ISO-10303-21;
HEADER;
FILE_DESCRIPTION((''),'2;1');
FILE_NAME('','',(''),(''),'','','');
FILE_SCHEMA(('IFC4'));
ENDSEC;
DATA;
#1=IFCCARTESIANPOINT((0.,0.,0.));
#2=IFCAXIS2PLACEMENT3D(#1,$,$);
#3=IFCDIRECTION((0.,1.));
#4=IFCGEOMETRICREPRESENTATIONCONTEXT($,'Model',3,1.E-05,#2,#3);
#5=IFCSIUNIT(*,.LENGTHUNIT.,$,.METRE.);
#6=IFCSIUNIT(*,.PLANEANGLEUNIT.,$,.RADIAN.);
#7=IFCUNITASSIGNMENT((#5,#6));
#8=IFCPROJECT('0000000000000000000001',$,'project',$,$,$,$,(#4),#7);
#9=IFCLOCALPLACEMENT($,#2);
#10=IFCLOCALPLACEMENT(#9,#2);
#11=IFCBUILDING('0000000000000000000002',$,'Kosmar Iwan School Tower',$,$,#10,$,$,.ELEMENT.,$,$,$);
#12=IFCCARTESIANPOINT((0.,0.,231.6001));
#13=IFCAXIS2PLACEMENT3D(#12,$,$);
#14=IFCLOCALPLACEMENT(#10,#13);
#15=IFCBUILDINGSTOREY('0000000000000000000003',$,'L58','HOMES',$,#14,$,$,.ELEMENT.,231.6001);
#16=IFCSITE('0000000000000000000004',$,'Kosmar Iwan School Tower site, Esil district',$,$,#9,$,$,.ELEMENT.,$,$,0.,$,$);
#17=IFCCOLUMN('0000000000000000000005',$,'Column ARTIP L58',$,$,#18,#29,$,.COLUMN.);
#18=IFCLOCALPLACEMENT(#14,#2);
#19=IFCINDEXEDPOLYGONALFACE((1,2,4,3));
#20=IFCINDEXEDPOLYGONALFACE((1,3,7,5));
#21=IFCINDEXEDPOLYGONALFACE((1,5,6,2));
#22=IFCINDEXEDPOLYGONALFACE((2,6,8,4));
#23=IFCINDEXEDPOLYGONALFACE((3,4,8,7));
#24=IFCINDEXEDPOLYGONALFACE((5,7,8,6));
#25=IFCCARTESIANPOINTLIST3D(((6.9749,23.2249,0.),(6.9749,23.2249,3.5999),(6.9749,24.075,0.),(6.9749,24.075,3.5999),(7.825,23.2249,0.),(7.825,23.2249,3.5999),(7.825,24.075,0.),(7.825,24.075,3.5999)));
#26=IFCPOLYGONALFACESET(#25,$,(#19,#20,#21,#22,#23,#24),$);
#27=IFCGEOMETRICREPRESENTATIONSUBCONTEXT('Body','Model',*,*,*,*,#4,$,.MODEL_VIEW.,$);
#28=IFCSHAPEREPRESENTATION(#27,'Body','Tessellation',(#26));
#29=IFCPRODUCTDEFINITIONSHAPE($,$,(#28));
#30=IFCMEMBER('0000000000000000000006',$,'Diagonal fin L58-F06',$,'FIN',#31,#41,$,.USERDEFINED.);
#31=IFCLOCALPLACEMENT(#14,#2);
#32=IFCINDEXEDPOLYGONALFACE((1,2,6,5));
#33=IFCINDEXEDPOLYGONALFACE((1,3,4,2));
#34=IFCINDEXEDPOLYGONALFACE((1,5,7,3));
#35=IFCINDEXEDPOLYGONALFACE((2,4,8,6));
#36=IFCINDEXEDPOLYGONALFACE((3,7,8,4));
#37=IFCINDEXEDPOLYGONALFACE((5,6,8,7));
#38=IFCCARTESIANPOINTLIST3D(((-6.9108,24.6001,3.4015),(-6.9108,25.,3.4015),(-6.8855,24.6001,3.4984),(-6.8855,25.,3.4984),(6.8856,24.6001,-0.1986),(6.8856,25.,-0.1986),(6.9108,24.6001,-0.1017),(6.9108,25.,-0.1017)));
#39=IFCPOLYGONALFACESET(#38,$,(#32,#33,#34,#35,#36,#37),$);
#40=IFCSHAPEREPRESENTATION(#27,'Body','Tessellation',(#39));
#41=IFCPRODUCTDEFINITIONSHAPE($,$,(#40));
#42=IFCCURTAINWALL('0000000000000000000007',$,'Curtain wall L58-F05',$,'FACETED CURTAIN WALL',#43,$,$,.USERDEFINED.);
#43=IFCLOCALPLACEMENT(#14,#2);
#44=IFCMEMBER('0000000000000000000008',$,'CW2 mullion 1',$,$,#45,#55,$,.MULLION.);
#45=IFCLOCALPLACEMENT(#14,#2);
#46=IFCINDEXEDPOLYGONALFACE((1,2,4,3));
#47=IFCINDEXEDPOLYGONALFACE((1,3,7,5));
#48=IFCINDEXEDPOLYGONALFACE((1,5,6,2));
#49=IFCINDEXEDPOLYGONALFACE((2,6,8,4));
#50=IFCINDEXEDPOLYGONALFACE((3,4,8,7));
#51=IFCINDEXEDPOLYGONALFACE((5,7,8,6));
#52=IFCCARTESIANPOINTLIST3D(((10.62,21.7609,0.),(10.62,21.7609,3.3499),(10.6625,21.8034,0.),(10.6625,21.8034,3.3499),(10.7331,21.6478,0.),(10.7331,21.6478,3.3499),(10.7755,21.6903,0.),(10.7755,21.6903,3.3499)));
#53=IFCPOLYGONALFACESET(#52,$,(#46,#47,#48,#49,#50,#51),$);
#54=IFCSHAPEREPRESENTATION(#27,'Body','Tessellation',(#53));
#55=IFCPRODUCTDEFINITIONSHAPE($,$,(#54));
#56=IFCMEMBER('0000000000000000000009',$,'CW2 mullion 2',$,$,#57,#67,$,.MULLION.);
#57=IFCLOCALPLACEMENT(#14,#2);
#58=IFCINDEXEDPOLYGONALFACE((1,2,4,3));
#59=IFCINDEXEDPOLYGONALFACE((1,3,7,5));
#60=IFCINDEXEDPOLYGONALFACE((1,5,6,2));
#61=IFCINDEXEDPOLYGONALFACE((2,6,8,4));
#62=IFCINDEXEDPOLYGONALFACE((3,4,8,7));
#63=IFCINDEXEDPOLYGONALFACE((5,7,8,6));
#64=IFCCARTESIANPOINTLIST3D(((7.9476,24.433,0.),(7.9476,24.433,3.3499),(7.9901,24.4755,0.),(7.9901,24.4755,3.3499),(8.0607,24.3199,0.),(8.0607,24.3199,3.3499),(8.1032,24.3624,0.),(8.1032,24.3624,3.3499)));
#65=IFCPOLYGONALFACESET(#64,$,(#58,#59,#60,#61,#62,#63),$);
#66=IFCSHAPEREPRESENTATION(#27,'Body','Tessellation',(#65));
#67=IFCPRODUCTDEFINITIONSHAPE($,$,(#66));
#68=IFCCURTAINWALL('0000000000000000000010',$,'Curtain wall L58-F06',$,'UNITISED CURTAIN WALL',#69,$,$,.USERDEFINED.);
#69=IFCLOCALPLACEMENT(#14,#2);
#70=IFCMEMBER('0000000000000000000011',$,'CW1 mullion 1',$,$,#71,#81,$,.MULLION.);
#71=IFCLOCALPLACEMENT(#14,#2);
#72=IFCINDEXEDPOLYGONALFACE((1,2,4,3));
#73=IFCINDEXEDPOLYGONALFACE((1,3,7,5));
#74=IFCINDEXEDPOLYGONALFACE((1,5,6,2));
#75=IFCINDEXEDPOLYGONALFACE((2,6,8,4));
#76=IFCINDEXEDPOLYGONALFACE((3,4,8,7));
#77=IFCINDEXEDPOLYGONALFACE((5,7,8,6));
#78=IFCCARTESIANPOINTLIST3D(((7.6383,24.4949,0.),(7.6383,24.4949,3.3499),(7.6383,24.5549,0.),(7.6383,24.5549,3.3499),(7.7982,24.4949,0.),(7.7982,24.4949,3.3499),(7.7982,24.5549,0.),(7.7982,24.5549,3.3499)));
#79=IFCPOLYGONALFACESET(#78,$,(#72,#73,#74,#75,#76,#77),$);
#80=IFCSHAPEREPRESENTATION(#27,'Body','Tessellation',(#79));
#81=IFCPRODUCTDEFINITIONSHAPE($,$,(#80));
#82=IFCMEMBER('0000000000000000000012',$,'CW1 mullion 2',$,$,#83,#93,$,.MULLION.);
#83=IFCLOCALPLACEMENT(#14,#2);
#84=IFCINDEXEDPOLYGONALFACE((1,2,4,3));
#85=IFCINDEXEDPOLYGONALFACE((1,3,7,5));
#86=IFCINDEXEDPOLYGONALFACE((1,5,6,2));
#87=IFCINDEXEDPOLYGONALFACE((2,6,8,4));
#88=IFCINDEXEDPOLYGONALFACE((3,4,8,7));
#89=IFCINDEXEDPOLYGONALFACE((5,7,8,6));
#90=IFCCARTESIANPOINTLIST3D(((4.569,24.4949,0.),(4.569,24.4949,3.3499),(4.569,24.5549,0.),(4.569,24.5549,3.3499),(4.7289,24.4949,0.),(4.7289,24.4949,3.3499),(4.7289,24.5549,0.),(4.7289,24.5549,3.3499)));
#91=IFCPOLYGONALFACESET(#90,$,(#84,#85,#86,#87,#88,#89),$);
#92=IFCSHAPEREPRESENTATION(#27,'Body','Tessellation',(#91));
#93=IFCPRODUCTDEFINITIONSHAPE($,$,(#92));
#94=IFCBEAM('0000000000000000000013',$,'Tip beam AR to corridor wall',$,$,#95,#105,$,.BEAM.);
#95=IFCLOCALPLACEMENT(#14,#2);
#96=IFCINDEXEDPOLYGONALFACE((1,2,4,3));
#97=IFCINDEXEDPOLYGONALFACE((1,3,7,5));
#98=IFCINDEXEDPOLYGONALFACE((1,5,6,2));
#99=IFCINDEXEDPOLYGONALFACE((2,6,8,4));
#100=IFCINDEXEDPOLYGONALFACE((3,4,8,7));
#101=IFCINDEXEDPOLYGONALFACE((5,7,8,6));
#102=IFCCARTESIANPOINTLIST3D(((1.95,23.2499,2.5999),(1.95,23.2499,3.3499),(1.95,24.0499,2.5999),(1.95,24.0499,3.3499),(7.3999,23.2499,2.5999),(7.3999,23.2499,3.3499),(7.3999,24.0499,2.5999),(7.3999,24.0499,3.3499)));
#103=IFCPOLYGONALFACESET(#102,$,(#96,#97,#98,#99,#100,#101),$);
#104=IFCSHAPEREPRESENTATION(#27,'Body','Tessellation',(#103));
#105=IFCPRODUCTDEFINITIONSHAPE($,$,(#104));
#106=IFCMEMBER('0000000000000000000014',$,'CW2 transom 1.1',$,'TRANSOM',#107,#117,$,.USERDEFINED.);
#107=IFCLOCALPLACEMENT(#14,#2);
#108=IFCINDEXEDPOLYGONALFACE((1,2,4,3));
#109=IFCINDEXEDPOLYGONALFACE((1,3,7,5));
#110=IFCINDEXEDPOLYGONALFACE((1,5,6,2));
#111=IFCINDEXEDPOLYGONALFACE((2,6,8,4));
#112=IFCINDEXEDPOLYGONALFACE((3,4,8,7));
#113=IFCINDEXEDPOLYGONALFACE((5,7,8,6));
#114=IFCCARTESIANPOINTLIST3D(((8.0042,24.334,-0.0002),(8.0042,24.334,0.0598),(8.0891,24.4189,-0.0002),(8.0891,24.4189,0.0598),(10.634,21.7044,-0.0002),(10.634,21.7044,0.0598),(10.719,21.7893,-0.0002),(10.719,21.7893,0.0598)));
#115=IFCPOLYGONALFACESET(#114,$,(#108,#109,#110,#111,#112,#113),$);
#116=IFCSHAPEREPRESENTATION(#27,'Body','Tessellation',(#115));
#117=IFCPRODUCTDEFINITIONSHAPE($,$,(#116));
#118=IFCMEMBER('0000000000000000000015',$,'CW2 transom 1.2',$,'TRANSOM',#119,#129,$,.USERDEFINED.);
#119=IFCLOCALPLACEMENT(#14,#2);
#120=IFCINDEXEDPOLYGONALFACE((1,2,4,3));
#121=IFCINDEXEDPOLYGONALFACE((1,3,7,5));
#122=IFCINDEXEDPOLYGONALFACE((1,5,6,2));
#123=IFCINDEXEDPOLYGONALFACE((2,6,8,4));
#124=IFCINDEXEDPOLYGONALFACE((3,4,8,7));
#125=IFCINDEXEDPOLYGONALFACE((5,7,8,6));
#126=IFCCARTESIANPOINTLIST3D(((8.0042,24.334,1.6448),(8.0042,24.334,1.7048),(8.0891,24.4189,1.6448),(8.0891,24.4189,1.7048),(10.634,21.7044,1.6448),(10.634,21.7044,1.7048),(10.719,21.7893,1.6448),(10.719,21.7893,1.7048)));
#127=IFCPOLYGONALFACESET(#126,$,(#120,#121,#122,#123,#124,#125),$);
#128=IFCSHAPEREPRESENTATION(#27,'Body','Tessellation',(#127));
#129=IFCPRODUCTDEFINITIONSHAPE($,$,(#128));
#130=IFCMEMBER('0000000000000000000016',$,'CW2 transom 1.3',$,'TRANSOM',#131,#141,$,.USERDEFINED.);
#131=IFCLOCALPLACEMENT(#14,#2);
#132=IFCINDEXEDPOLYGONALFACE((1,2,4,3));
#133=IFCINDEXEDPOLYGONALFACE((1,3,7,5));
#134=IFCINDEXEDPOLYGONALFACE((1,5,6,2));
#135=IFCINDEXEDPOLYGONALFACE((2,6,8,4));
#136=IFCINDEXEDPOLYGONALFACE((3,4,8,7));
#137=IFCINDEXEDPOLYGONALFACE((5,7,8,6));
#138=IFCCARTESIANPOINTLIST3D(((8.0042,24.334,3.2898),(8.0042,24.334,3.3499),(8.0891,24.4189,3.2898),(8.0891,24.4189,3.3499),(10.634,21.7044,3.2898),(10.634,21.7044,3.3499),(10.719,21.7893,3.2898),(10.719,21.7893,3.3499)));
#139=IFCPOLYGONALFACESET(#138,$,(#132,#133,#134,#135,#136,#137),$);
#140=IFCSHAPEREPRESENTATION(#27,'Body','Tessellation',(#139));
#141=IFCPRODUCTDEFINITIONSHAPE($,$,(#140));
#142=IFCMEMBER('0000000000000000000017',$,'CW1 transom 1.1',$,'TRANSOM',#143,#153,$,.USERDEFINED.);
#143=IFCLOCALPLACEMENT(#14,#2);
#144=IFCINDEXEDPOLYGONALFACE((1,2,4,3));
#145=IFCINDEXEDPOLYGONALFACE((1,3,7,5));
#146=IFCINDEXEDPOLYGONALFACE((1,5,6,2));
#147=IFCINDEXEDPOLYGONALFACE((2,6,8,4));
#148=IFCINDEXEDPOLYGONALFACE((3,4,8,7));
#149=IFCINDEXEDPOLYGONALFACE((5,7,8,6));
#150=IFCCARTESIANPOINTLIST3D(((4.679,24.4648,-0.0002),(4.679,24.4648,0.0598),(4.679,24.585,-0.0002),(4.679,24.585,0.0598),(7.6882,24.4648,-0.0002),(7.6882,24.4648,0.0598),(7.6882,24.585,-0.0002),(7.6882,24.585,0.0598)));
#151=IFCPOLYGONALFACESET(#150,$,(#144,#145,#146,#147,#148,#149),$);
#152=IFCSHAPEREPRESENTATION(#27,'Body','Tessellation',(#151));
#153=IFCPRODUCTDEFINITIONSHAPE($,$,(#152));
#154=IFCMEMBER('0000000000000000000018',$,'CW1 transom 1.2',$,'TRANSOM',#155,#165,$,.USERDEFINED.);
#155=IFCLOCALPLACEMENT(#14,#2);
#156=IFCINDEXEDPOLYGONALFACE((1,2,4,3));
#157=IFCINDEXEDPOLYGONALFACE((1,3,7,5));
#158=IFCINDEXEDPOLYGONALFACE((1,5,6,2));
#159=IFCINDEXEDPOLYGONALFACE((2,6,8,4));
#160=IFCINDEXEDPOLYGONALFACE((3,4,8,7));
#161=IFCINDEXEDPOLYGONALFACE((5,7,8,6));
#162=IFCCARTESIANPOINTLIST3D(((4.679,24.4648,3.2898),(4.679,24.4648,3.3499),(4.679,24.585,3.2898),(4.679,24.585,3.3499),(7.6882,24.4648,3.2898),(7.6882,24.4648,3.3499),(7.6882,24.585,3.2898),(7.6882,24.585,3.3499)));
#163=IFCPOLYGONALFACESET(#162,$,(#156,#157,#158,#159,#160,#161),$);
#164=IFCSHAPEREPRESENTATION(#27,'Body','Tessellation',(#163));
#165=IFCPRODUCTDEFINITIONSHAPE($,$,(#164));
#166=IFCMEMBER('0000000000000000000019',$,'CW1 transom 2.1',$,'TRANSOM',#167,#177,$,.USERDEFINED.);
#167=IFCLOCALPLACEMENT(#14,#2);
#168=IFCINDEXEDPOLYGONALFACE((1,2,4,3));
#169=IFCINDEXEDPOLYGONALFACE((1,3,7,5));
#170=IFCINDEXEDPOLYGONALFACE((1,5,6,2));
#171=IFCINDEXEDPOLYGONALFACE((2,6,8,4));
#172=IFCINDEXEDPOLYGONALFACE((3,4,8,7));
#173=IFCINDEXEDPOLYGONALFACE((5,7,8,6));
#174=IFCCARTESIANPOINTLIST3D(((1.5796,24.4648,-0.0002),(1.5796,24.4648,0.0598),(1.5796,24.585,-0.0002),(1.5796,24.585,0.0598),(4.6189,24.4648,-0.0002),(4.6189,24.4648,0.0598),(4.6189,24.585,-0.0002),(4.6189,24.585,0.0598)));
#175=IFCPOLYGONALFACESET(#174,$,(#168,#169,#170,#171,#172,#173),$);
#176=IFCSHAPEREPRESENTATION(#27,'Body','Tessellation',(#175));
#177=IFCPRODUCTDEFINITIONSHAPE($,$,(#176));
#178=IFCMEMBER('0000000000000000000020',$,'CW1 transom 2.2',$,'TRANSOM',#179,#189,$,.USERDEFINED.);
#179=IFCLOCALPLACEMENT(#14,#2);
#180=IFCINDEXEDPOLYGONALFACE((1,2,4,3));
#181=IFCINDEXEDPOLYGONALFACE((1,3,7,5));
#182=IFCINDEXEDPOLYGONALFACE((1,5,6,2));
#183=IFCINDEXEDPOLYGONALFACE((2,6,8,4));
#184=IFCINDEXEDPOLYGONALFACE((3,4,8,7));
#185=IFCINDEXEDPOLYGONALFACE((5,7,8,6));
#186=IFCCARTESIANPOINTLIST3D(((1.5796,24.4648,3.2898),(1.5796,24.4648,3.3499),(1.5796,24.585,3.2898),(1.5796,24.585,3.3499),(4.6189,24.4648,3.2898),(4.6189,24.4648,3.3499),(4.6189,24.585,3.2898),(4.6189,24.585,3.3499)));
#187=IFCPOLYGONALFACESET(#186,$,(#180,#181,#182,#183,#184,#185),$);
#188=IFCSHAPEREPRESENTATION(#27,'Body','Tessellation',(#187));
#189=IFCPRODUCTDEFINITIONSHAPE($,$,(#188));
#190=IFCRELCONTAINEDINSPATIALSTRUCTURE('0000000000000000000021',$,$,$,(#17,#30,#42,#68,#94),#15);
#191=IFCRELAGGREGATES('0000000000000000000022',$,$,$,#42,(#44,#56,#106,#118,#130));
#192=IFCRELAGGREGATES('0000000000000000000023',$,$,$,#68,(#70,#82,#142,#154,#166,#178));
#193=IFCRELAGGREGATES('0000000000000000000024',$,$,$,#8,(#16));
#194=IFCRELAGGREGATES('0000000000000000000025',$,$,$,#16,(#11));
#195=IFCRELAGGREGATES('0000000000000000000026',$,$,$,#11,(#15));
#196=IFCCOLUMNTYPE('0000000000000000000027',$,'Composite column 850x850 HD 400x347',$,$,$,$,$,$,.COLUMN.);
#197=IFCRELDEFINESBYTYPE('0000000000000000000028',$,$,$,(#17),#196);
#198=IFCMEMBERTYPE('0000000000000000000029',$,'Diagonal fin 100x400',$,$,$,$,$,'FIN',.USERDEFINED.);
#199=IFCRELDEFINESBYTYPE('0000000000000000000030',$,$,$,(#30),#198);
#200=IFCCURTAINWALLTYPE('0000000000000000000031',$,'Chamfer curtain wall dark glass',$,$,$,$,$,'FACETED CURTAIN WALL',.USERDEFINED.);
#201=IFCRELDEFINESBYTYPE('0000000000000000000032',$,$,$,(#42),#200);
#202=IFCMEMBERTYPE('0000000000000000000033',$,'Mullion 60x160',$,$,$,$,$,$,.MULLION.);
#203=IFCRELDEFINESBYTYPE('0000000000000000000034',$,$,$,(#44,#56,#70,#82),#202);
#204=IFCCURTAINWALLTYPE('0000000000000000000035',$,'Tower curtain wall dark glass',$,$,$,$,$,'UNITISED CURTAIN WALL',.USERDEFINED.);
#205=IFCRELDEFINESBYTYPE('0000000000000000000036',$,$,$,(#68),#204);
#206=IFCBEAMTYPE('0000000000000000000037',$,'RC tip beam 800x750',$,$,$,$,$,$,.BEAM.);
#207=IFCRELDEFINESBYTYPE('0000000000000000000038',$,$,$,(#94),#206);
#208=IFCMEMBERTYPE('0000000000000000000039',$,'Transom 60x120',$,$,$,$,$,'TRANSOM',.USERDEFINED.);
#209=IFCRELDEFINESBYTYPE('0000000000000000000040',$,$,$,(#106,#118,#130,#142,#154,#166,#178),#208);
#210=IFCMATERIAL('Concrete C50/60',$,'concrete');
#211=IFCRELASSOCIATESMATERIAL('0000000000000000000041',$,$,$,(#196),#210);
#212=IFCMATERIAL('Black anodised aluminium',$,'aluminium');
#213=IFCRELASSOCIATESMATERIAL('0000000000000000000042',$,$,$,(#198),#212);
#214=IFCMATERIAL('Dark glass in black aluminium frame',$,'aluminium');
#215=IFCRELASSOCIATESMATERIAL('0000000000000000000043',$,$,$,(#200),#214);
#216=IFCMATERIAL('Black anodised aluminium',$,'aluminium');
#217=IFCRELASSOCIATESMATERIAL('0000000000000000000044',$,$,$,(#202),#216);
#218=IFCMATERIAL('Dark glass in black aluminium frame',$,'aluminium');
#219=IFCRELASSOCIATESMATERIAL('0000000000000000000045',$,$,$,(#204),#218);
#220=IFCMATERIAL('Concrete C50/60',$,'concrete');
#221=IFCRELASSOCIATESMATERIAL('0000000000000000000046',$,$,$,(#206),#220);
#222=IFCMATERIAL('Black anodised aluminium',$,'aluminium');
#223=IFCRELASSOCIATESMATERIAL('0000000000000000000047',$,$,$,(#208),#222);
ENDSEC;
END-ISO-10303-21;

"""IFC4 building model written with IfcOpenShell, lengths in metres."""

from ifc_helpers import new_model, si_unit, direction, frame, origin, origin_2d, place, context, subcontext, project, spatial, rectangle, extrude, material, material_profile, profile_set, type_object, element, aggregate, save


model = new_model("IFC4")

# Units and contexts
model_context = context("Model", 3, precision=1e-05, world=origin(), true_north=direction((0.0, 1.0)))
body_context = subcontext(model_context, "Body", "Model", "MODEL_VIEW")
ifc_project = project(units=[si_unit("LENGTHUNIT", "METRE"), si_unit("PLANEANGLEUNIT", "RADIAN")], contexts=[model_context])

# Site, building, storey
site_placement = place(None, origin())
site = spatial("IfcSite", under=ifc_project, at=site_placement, Name="Kosmar Iwan School Tower site, Esil district", CompositionType="ELEMENT", RefElevation=0.0)
building_placement = place(site_placement, origin())
building = spatial("IfcBuilding", under=site, at=building_placement, Name="Kosmar Iwan School Tower", CompositionType="ELEMENT")
storey_placement = place(building_placement, frame((0.0, 0.0, 231.6001)))
storey = spatial("IfcBuildingStorey", under=building, at=storey_placement, Name="L58", Description="HOMES", CompositionType="ELEMENT", Elevation=231.6001)

# Column
ifc_material_1 = material(Name="Concrete C50/60", Category="concrete")
ifc_material_profile_1 = material_profile(ifc_material_1, rectangle(XDim=0.8501, YDim=0.8501, at=origin_2d()), Name="RC 850x850 + HD 400x347")
ifc_profile_set_1 = profile_set([ifc_material_profile_1], Name="Concrete C50/60")
column_type = type_object("IfcColumnType", Name="Composite column 850x850 HD 400x347", PredefinedType="COLUMN", material=ifc_profile_set_1)
column_placement = place(storey_placement, frame((7.3999, 23.6499, 0.0), z_axis=(0.0, 0.0, 1.0), x_axis=(0.0, 1.0, 0.0)))
element("IfcColumn", 1, at=column_placement, inside=storey, type_object=column_type, Name="Column ARTIP L58", PredefinedType="COLUMN", context=body_context, shape_type="SweptSolid", body=[
    extrude(rectangle(XDim=0.8501, YDim=0.8501, at=origin_2d()), origin(), (0.0, 0.0, 1.0), 3.5999),
])

# Member
ifc_material_2 = material(Name="Black anodised aluminium", Category="aluminium")
ifc_material_profile_2 = material_profile(ifc_material_2, rectangle(XDim=0.1001, YDim=0.3999, at=origin_2d()), Name="FIN 100x400")
ifc_profile_set_2 = profile_set([ifc_material_profile_2], Name="Black anodised aluminium")
member_type_1 = type_object("IfcMemberType", Name="Diagonal fin 100x400", ElementType="FIN", PredefinedType="USERDEFINED", material=ifc_profile_set_2)
member_1_placement = place(storey_placement, frame((6.8982, 24.8, -0.1501), z_axis=(-0.967599, 0.0, 0.25249), x_axis=(0.25249, 0.0, 0.967599)))
element("IfcMember", 2, at=member_1_placement, inside=storey, type_object=member_type_1, Name="Diagonal fin L58-F06", ObjectType="FIN", PredefinedType="USERDEFINED", context=body_context, shape_type="SweptSolid", body=[
    extrude(rectangle(XDim=0.1001, YDim=0.3999, at=origin_2d()), origin(), (0.0, 0.0, 1.0), 14.2583),
])

# Curtain walls, members
ifc_material_3 = material(Name="Dark glass in black aluminium frame", Category="aluminium")
curtain_wall_type_1 = type_object("IfcCurtainWallType", Name="Chamfer curtain wall dark glass", ElementType="FACETED CURTAIN WALL", PredefinedType="USERDEFINED", material=ifc_material_3)
curtain_wall_1_placement = place(storey_placement, origin())
curtain_wall_1 = element("IfcCurtainWall", 3, at=curtain_wall_1_placement, inside=storey, type_object=curtain_wall_type_1, Name="Curtain wall L58-F05", ObjectType="FACETED CURTAIN WALL", PredefinedType="USERDEFINED")
ifc_material_4 = material(Name="Black anodised aluminium", Category="aluminium")
ifc_material_profile_3 = material_profile(ifc_material_4, rectangle(XDim=0.0601, YDim=0.1599, at=origin_2d()), Name="MULLION 60x160")
ifc_profile_set_3 = profile_set([ifc_material_profile_3], Name="Black anodised aluminium")
member_type_2 = type_object("IfcMemberType", Name="Mullion 60x160", PredefinedType="MULLION", material=ifc_profile_set_3)
member_2_placement = place(storey_placement, frame((10.6978, 21.7256, 0.0), z_axis=(0.0, 0.0, 1.0), x_axis=(-0.707107, -0.707107, 0.0)))
member_2 = element("IfcMember", 4, at=member_2_placement, type_object=member_type_2, Name="CW2 mullion 1", PredefinedType="MULLION", context=body_context, shape_type="SweptSolid", body=[
    extrude(rectangle(XDim=0.0601, YDim=0.1599, at=origin_2d()), origin(), (0.0, 0.0, 1.0), 3.3499),
])
member_3_placement = place(storey_placement, frame((8.0254, 24.3977, 0.0), z_axis=(0.0, 0.0, 1.0), x_axis=(-0.707107, -0.707107, 0.0)))
member_3 = element("IfcMember", 5, at=member_3_placement, type_object=member_type_2, Name="CW2 mullion 2", PredefinedType="MULLION", context=body_context, shape_type="SweptSolid", body=[
    extrude(rectangle(XDim=0.0601, YDim=0.1599, at=origin_2d()), origin(), (0.0, 0.0, 1.0), 3.3499),
])
ifc_material_5 = material(Name="Dark glass in black aluminium frame", Category="aluminium")
curtain_wall_type_2 = type_object("IfcCurtainWallType", Name="Tower curtain wall dark glass", ElementType="UNITISED CURTAIN WALL", PredefinedType="USERDEFINED", material=ifc_material_5)
curtain_wall_2_placement = place(storey_placement, origin())
curtain_wall_2 = element("IfcCurtainWall", 6, at=curtain_wall_2_placement, inside=storey, type_object=curtain_wall_type_2, Name="Curtain wall L58-F06", ObjectType="UNITISED CURTAIN WALL", PredefinedType="USERDEFINED")
member_4_placement = place(storey_placement, frame((7.7183, 24.5249, 0.0), z_axis=(0.0, 0.0, 1.0), x_axis=(0.0, -1.0, 0.0)))
member_4 = element("IfcMember", 7, at=member_4_placement, type_object=member_type_2, Name="CW1 mullion 1", PredefinedType="MULLION", context=body_context, shape_type="SweptSolid", body=[
    extrude(rectangle(XDim=0.0601, YDim=0.1599, at=origin_2d()), origin(), (0.0, 0.0, 1.0), 3.3499),
])
member_5_placement = place(storey_placement, frame((4.6489, 24.5249, 0.0), z_axis=(0.0, 0.0, 1.0), x_axis=(0.0, -1.0, 0.0)))
member_5 = element("IfcMember", 8, at=member_5_placement, type_object=member_type_2, Name="CW1 mullion 2", PredefinedType="MULLION", context=body_context, shape_type="SweptSolid", body=[
    extrude(rectangle(XDim=0.0601, YDim=0.1599, at=origin_2d()), origin(), (0.0, 0.0, 1.0), 3.3499),
])

# Beam
ifc_material_6 = material(Name="Concrete C50/60", Category="concrete")
ifc_material_profile_4 = material_profile(ifc_material_6, rectangle(XDim=0.8, YDim=0.75, at=origin_2d()), Name="RC 800x750")
ifc_profile_set_4 = profile_set([ifc_material_profile_4], Name="Concrete C50/60")
beam_type = type_object("IfcBeamType", Name="RC tip beam 800x750", PredefinedType="BEAM", material=ifc_profile_set_4)
beam_placement = place(storey_placement, frame((7.3999, 23.6499, 2.9749), z_axis=(-1.0, 0.0, 0.0), x_axis=(0.0, -1.0, 0.0)))
element("IfcBeam", 9, at=beam_placement, inside=storey, type_object=beam_type, Name="Tip beam AR to corridor wall", PredefinedType="BEAM", context=body_context, shape_type="SweptSolid", body=[
    extrude(rectangle(XDim=0.8, YDim=0.75, at=origin_2d()), origin(), (0.0, 0.0, 1.0), 5.45),
])

# Members
ifc_material_7 = material(Name="Black anodised aluminium", Category="aluminium")
ifc_material_profile_5 = material_profile(ifc_material_7, rectangle(XDim=0.1201, YDim=0.0601, at=origin_2d()), Name="TRANSOM 60x120")
ifc_profile_set_5 = profile_set([ifc_material_profile_5], Name="Black anodised aluminium")
member_type_3 = type_object("IfcMemberType", Name="Transom 60x120", ElementType="TRANSOM", PredefinedType="USERDEFINED", material=ifc_profile_set_5)
member_6_placement = place(storey_placement, frame((10.6765, 21.7468, 0.0298), z_axis=(-0.70714, 0.707074, 0.0), x_axis=(-0.707074, -0.70714, 0.0)))
member_6 = element("IfcMember", 10, at=member_6_placement, type_object=member_type_3, Name="CW2 transom 1.1", ObjectType="TRANSOM", PredefinedType="USERDEFINED", context=body_context, shape_type="SweptSolid", body=[
    extrude(rectangle(XDim=0.1201, YDim=0.0601, at=origin_2d()), origin(), (0.0, 0.0, 1.0), 3.719),
])
member_7_placement = place(storey_placement, frame((10.6765, 21.7468, 1.6748), z_axis=(-0.70714, 0.707074, 0.0), x_axis=(-0.707074, -0.70714, 0.0)))
member_7 = element("IfcMember", 11, at=member_7_placement, type_object=member_type_3, Name="CW2 transom 1.2", ObjectType="TRANSOM", PredefinedType="USERDEFINED", context=body_context, shape_type="SweptSolid", body=[
    extrude(rectangle(XDim=0.1201, YDim=0.0601, at=origin_2d()), origin(), (0.0, 0.0, 1.0), 3.719),
])
member_8_placement = place(storey_placement, frame((10.6765, 21.7468, 3.3198), z_axis=(-0.70714, 0.707074, 0.0), x_axis=(-0.707074, -0.70714, 0.0)))
member_8 = element("IfcMember", 12, at=member_8_placement, type_object=member_type_3, Name="CW2 transom 1.3", ObjectType="TRANSOM", PredefinedType="USERDEFINED", context=body_context, shape_type="SweptSolid", body=[
    extrude(rectangle(XDim=0.1201, YDim=0.0601, at=origin_2d()), origin(), (0.0, 0.0, 1.0), 3.719),
])
member_9_placement = place(storey_placement, frame((7.6882, 24.5249, 0.0298), z_axis=(-1.0, 0.0, 0.0), x_axis=(0.0, -1.0, 0.0)))
member_9 = element("IfcMember", 13, at=member_9_placement, type_object=member_type_3, Name="CW1 transom 1.1", ObjectType="TRANSOM", PredefinedType="USERDEFINED", context=body_context, shape_type="SweptSolid", body=[
    extrude(rectangle(XDim=0.1201, YDim=0.0601, at=origin_2d()), origin(), (0.0, 0.0, 1.0), 3.0093),
])
member_10_placement = place(storey_placement, frame((7.6882, 24.5249, 3.3198), z_axis=(-1.0, 0.0, 0.0), x_axis=(0.0, -1.0, 0.0)))
member_10 = element("IfcMember", 14, at=member_10_placement, type_object=member_type_3, Name="CW1 transom 1.2", ObjectType="TRANSOM", PredefinedType="USERDEFINED", context=body_context, shape_type="SweptSolid", body=[
    extrude(rectangle(XDim=0.1201, YDim=0.0601, at=origin_2d()), origin(), (0.0, 0.0, 1.0), 3.0093),
])
member_11_placement = place(storey_placement, frame((4.6189, 24.5249, 0.0298), z_axis=(-1.0, 0.0, 0.0), x_axis=(0.0, -1.0, 0.0)))
member_11 = element("IfcMember", 15, at=member_11_placement, type_object=member_type_3, Name="CW1 transom 2.1", ObjectType="TRANSOM", PredefinedType="USERDEFINED", context=body_context, shape_type="SweptSolid", body=[
    extrude(rectangle(XDim=0.1201, YDim=0.0601, at=origin_2d()), origin(), (0.0, 0.0, 1.0), 3.0393),
])
member_12_placement = place(storey_placement, frame((4.6189, 24.5249, 3.3198), z_axis=(-1.0, 0.0, 0.0), x_axis=(0.0, -1.0, 0.0)))
member_12 = element("IfcMember", 16, at=member_12_placement, type_object=member_type_3, Name="CW1 transom 2.2", ObjectType="TRANSOM", PredefinedType="USERDEFINED", context=body_context, shape_type="SweptSolid", body=[
    extrude(rectangle(XDim=0.1201, YDim=0.0601, at=origin_2d()), origin(), (0.0, 0.0, 1.0), 3.0393),
])

aggregate(curtain_wall_1, [member_2, member_3, member_6, member_7, member_8])
aggregate(curtain_wall_2, [member_4, member_5, member_9, member_10, member_11, member_12])

save(model, "model.ifc")
